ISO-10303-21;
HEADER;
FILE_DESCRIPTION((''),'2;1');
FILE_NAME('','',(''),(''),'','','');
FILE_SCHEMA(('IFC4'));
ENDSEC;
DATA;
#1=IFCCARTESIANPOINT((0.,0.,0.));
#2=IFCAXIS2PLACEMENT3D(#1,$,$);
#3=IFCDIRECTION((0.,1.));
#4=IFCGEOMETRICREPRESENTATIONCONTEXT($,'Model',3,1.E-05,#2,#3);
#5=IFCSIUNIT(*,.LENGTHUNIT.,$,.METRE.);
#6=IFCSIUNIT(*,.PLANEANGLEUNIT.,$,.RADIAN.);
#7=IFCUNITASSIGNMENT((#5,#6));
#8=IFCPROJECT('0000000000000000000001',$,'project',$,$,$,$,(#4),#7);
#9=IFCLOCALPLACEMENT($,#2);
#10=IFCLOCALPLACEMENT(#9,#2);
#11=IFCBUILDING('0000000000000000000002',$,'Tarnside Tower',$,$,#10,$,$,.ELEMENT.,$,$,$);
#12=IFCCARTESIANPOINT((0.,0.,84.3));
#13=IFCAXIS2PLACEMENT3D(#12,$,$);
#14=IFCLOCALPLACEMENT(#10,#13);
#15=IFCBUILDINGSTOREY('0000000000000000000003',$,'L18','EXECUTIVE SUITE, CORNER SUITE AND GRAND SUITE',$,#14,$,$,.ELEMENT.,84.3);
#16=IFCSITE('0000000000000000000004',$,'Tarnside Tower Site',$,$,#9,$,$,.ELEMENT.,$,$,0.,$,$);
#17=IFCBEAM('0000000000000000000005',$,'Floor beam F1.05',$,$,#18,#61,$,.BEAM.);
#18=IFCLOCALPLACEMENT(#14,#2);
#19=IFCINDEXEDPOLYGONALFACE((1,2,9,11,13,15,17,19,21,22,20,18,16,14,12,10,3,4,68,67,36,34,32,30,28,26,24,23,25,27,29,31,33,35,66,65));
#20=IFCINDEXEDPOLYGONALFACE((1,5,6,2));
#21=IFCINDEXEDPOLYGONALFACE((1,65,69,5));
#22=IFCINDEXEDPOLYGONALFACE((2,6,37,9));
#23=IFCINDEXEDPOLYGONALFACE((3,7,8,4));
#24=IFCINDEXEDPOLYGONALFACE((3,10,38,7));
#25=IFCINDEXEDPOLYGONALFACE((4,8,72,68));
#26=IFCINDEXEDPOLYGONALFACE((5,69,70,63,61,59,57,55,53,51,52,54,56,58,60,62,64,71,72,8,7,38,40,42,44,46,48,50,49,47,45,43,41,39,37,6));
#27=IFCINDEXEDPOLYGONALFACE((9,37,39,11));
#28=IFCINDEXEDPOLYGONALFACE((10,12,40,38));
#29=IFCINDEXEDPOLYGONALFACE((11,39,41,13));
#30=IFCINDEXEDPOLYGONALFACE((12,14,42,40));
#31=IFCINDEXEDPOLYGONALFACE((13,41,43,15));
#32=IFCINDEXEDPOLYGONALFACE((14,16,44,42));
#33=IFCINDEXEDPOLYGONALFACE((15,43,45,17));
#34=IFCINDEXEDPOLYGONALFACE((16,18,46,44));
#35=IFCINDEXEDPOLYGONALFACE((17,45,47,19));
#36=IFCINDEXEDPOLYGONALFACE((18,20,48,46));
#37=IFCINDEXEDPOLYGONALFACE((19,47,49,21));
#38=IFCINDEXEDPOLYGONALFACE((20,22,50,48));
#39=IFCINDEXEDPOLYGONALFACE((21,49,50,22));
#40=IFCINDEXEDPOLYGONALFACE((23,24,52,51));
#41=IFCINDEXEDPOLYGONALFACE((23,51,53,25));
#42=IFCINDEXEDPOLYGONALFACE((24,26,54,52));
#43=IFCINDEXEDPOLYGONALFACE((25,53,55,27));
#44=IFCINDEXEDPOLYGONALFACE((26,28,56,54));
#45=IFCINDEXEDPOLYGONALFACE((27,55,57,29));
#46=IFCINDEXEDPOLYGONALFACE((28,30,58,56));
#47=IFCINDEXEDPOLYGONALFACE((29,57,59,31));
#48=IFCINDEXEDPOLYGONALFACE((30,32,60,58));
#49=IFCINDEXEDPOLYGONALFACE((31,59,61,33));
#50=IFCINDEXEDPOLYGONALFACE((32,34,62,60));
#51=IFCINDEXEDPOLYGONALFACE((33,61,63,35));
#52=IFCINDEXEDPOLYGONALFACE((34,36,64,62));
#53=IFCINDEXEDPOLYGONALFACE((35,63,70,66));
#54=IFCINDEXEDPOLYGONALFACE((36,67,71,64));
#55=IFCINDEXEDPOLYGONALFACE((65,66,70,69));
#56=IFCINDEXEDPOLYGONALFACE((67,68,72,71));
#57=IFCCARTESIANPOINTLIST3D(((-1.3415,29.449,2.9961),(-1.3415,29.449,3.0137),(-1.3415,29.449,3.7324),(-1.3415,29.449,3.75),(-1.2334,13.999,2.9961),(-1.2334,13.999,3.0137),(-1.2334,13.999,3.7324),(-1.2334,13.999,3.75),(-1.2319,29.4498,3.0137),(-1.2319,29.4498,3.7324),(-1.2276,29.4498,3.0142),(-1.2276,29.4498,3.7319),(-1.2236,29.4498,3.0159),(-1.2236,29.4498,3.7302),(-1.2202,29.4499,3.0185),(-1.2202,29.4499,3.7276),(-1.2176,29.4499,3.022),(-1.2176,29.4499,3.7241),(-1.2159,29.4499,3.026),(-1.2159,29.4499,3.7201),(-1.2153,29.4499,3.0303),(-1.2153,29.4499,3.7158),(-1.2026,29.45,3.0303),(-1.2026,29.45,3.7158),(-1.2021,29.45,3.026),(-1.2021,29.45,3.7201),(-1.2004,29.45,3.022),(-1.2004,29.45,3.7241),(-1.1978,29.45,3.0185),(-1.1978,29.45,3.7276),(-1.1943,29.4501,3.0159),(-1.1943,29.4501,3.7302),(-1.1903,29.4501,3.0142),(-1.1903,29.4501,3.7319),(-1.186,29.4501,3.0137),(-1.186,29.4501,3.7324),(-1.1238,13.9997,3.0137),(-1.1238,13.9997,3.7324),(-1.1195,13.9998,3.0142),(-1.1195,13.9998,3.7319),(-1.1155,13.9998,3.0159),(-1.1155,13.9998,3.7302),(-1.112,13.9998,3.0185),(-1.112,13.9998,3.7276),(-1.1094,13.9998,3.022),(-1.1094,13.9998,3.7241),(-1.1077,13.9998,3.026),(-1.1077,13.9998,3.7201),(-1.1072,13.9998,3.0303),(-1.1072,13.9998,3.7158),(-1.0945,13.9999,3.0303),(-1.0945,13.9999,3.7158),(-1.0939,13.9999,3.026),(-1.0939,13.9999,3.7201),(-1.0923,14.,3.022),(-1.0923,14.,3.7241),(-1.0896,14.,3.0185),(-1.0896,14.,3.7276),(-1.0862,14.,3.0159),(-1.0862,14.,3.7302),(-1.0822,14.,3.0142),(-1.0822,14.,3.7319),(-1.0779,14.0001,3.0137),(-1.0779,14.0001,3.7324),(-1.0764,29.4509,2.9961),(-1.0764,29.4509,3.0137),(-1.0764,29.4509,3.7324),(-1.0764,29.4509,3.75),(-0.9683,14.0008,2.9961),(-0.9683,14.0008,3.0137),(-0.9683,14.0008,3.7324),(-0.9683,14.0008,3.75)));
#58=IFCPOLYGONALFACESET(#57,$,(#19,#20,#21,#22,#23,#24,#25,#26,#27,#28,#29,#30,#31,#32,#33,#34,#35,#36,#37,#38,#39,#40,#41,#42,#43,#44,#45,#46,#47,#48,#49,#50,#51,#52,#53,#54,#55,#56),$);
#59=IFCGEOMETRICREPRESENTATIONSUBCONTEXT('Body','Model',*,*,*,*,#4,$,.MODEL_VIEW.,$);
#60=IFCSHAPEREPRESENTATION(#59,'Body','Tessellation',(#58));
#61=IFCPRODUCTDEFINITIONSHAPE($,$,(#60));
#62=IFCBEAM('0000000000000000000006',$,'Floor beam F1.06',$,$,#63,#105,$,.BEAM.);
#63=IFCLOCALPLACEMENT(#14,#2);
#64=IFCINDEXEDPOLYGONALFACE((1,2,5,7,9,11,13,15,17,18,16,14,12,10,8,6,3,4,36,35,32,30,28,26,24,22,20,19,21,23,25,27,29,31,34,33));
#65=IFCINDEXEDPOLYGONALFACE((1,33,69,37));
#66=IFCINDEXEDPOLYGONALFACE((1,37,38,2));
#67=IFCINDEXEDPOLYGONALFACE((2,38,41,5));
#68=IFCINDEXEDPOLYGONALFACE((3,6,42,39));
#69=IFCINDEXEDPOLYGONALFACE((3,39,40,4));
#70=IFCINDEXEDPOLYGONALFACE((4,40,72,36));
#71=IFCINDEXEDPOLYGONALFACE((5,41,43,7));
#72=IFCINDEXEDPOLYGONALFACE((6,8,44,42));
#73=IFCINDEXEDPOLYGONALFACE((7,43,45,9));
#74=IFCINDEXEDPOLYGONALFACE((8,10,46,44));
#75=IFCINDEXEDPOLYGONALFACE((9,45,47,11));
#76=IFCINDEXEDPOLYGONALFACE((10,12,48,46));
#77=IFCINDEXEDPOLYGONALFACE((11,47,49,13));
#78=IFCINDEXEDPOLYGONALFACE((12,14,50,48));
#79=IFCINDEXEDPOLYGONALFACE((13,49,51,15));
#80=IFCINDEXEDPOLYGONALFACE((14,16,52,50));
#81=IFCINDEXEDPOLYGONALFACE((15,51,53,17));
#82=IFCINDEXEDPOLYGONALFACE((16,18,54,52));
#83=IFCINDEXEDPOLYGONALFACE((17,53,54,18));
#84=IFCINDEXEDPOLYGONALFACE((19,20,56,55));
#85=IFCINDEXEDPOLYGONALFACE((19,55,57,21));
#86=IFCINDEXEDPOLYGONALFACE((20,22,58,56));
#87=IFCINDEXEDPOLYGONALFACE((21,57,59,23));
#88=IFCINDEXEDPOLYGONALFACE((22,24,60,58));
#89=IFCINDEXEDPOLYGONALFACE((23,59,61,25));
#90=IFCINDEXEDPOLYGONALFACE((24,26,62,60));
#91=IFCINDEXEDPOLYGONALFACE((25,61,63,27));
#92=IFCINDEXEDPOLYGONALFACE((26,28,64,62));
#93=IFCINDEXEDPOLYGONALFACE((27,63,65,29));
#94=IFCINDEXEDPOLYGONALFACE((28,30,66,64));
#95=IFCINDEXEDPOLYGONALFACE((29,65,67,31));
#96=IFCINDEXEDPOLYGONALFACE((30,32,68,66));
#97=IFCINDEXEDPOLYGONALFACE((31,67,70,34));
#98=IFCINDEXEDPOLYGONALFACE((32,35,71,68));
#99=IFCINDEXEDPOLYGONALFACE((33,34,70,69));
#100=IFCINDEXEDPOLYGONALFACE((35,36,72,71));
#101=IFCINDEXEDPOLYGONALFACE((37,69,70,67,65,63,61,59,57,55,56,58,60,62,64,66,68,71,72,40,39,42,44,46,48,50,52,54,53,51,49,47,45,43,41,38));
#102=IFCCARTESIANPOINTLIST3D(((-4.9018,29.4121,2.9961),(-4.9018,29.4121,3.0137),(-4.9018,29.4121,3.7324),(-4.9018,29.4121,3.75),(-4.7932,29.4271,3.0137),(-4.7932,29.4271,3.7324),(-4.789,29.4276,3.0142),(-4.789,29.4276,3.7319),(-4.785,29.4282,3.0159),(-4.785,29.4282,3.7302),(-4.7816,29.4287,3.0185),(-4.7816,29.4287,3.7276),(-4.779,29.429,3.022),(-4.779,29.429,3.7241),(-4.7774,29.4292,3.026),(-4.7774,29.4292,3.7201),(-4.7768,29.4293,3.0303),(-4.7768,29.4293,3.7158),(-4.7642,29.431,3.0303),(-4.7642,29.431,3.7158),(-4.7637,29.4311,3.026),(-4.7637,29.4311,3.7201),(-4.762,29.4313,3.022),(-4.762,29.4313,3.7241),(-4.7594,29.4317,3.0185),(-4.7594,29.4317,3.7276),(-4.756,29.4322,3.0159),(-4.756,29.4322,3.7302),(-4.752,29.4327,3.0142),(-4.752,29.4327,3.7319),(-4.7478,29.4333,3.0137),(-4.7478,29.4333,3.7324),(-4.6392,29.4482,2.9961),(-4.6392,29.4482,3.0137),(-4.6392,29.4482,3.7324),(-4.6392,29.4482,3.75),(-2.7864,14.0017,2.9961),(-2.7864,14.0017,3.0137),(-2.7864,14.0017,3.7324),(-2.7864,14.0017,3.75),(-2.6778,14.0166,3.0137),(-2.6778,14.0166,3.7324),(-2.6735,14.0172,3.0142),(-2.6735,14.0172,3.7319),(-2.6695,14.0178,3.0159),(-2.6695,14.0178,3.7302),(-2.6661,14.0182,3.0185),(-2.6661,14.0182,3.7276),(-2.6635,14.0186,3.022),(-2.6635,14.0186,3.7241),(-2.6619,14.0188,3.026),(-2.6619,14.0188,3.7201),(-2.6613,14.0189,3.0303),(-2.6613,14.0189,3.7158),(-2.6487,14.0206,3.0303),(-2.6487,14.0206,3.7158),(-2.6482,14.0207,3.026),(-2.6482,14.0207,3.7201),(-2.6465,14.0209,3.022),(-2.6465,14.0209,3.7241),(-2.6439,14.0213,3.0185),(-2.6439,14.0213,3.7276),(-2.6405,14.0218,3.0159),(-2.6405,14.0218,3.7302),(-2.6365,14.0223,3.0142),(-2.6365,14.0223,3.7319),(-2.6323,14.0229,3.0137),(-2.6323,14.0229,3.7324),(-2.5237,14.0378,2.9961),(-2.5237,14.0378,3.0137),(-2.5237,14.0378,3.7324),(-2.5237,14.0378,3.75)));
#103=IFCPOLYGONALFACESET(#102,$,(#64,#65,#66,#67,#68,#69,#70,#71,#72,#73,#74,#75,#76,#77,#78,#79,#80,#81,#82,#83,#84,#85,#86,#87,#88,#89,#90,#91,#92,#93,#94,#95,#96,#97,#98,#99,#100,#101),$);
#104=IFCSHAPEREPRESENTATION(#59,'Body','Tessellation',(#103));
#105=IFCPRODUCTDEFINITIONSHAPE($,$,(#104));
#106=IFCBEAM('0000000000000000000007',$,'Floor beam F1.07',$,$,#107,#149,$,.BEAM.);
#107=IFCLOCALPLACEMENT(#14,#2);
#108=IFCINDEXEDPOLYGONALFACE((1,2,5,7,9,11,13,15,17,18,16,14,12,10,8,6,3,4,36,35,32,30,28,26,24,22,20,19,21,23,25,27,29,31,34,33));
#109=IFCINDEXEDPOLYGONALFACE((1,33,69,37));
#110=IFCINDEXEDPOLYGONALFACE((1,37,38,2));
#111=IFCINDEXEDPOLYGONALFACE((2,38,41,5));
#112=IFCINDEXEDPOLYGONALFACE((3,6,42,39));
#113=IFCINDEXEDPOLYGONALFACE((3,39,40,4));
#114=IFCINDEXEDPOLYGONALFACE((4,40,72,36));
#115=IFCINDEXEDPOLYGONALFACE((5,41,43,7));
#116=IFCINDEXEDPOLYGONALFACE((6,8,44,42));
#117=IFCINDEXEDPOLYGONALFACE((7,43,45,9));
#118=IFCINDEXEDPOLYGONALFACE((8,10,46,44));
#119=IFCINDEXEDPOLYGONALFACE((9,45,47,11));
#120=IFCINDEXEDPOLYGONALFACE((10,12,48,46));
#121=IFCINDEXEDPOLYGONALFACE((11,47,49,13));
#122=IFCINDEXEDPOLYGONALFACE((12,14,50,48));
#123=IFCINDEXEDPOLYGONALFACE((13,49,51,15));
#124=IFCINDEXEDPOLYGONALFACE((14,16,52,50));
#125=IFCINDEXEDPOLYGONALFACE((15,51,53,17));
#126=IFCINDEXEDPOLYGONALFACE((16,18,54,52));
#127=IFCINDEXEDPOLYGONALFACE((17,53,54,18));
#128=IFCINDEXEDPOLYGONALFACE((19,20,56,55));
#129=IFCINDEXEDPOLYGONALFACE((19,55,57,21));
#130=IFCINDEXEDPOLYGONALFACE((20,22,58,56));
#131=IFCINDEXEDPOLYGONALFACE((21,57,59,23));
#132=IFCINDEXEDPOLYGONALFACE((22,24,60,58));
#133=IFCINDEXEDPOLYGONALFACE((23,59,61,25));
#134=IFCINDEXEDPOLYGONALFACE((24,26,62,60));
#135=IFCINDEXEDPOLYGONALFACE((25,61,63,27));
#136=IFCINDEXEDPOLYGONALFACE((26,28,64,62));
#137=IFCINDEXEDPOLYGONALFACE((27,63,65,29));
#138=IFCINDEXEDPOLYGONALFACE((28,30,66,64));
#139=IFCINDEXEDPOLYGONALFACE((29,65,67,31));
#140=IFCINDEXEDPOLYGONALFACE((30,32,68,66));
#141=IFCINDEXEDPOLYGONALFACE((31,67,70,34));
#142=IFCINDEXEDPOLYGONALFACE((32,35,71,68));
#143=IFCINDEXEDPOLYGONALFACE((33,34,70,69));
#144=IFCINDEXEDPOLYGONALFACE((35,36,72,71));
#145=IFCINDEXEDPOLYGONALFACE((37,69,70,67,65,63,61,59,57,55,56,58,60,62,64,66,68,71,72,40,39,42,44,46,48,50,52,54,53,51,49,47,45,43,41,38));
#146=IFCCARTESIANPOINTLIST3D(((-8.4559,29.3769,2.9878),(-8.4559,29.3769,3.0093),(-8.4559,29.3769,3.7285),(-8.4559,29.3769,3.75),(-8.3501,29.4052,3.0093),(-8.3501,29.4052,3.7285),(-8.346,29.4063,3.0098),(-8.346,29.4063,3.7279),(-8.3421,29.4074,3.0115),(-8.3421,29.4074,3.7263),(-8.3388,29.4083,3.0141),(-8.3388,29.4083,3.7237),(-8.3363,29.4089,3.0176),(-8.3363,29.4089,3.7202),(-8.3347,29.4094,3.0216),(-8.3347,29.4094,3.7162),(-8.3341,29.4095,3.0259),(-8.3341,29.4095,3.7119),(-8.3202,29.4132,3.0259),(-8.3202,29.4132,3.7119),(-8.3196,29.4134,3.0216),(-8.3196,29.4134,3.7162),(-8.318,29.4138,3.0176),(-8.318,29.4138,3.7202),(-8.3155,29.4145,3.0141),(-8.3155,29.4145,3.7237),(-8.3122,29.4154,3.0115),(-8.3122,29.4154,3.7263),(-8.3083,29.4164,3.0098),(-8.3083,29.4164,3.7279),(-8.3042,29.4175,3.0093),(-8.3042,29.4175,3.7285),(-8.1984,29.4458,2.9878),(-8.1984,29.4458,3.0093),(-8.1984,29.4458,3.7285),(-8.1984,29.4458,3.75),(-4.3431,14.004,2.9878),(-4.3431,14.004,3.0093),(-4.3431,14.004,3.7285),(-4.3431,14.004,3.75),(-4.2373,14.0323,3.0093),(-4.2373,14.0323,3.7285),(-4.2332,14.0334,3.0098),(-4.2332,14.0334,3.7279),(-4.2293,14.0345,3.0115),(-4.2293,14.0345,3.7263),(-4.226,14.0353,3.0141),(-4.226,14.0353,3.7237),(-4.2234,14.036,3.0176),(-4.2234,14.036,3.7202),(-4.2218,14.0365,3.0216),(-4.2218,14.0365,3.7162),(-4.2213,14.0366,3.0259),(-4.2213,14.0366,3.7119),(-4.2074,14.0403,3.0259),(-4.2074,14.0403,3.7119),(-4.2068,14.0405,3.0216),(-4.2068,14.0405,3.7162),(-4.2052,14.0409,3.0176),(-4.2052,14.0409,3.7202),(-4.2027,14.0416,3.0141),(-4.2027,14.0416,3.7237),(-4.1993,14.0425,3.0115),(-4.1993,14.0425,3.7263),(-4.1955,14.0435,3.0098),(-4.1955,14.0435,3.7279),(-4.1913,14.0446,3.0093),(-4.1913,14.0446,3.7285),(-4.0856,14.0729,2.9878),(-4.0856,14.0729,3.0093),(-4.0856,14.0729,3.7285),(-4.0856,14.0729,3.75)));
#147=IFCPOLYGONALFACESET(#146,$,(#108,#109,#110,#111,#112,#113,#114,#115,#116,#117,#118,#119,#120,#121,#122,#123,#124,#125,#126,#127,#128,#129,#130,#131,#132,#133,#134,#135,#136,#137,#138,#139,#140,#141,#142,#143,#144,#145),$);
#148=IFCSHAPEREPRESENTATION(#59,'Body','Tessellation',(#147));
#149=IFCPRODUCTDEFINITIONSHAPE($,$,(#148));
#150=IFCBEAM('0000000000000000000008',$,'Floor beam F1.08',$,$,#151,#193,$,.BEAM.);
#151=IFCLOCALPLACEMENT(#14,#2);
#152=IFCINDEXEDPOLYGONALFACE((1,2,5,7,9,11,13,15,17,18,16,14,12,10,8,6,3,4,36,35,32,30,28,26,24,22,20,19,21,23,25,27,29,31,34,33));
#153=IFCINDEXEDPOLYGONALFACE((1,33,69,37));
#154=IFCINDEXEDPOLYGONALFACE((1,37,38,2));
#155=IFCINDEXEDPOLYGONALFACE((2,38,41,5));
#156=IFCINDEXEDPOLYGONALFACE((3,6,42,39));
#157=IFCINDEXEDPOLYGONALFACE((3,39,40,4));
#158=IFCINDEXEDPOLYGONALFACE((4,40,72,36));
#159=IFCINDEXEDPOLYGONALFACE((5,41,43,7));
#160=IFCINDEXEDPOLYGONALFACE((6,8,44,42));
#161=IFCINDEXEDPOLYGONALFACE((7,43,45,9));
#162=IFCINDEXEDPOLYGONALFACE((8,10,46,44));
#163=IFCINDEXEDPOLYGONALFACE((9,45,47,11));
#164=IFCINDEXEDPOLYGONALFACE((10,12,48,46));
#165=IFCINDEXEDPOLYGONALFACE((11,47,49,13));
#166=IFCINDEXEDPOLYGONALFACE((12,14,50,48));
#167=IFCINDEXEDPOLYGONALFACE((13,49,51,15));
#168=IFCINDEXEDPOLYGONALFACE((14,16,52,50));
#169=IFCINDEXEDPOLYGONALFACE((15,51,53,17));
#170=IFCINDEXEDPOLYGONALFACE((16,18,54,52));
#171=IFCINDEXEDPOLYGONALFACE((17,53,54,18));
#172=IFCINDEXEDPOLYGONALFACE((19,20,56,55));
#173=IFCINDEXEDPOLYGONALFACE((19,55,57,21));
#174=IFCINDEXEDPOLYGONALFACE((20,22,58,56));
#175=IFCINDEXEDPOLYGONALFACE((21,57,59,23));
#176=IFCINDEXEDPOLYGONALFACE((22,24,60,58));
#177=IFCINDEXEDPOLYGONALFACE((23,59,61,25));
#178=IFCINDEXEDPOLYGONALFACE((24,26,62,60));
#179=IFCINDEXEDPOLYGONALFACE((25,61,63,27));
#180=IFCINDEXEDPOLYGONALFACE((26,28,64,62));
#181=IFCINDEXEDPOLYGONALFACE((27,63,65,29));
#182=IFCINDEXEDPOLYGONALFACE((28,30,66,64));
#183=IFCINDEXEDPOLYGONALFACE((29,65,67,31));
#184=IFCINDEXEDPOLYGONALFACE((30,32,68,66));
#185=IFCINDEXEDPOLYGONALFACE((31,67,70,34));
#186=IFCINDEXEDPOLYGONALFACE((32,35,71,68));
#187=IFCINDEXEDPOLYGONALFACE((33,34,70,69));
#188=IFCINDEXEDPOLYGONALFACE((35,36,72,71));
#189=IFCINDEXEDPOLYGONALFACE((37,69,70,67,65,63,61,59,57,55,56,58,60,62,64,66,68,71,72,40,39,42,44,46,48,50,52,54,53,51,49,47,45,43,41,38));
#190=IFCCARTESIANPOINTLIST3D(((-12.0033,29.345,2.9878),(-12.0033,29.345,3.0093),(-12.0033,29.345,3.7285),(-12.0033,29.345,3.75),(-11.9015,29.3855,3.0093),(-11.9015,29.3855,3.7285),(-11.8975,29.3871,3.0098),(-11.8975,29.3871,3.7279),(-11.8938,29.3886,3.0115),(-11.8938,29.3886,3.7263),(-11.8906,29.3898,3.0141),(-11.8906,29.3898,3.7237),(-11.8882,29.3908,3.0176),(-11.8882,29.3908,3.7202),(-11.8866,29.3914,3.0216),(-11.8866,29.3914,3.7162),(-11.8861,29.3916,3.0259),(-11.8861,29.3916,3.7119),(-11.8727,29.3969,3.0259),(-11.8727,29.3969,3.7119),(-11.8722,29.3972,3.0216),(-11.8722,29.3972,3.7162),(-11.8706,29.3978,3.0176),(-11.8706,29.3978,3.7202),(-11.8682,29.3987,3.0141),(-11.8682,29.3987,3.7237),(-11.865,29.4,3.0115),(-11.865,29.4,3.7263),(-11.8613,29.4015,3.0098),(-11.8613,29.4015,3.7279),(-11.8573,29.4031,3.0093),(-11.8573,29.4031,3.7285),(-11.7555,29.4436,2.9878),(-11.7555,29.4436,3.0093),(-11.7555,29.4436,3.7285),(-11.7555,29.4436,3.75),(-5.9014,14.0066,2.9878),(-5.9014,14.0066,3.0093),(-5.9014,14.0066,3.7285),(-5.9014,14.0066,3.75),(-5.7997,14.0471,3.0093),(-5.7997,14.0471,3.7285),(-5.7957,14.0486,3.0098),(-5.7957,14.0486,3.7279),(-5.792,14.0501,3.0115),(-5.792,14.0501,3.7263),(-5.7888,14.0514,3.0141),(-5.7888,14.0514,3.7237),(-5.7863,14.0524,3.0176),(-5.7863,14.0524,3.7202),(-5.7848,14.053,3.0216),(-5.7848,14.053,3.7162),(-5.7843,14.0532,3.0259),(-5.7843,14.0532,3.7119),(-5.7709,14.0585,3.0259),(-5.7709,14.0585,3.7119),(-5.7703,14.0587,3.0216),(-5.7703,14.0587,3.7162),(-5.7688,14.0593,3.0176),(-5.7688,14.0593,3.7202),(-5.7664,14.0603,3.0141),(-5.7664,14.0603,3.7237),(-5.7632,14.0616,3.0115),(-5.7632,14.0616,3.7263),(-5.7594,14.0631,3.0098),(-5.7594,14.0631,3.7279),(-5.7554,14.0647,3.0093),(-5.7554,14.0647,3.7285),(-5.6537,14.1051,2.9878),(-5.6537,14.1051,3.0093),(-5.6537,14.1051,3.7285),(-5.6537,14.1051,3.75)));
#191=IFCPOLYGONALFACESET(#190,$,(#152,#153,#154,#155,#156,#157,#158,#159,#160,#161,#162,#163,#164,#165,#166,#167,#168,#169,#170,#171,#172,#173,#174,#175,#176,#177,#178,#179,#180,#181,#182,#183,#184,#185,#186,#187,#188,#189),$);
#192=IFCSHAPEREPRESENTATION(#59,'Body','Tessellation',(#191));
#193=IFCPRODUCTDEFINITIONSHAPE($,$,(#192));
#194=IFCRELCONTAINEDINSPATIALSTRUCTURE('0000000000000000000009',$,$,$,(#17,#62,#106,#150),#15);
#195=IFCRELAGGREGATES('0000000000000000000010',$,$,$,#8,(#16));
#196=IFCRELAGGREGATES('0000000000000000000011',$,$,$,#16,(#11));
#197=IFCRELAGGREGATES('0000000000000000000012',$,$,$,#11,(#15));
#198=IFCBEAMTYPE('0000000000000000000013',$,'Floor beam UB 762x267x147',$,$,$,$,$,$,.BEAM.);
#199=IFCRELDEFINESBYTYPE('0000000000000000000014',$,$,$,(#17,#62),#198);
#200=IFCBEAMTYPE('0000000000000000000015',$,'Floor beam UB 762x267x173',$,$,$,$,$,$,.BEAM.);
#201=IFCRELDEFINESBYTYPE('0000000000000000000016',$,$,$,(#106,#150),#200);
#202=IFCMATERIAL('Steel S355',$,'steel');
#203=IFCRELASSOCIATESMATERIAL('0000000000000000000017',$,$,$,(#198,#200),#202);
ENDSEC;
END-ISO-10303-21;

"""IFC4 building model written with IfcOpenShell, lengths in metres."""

from ifc_helpers import new_model, si_unit, direction, frame, origin, origin_2d, place, context, subcontext, project, spatial, i_section, extrude, material, material_profile, profile_set, type_object, element, save


model = new_model("IFC4")

# Units and contexts
model_context = context("Model", 3, precision=1e-05, world=origin(), true_north=direction((0.0, 1.0)))
body_context = subcontext(model_context, "Body", "Model", "MODEL_VIEW")
ifc_project = project(units=[si_unit("LENGTHUNIT", "METRE"), si_unit("PLANEANGLEUNIT", "RADIAN")], contexts=[model_context])

# Site, building, storey
site_placement = place(None, origin())
site = spatial("IfcSite", under=ifc_project, at=site_placement, Name="Tarnside Tower Site", CompositionType="ELEMENT", RefElevation=0.0)
building_placement = place(site_placement, origin())
building = spatial("IfcBuilding", under=site, at=building_placement, Name="Tarnside Tower", CompositionType="ELEMENT")
storey_placement = place(building_placement, frame((0.0, 0.0, 84.3)))
storey = spatial("IfcBuildingStorey", under=building, at=storey_placement, Name="L18", Description="EXECUTIVE SUITE, CORNER SUITE AND GRAND SUITE", CompositionType="ELEMENT", Elevation=84.3)

# Beams
ifc_material_1 = material(Name="Steel S355", Category="steel")
ifc_material_profile_1 = material_profile(ifc_material_1, i_section(OverallWidth=0.2651, OverallDepth=0.7539, WebThickness=0.0127, FlangeThickness=0.0176, FilletRadius=0.0166, at=origin_2d()), Name="UB 762x267x147")
ifc_profile_set_1 = profile_set([ifc_material_profile_1], Name="Steel S355")
beam_type_1 = type_object("IfcBeamType", Name="Floor beam UB 762x267x147", PredefinedType="BEAM", material=ifc_profile_set_1)
beam_1_placement = place(storey_placement, frame((-1.209, 29.45, 3.373), z_axis=(0.007, -0.999975, 0.0), x_axis=(0.999975, 0.007, 0.0)))
element("IfcBeam", 1, at=beam_1_placement, inside=storey, type_object=beam_type_1, Name="Floor beam F1.05", PredefinedType="BEAM", context=body_context, shape_type="SweptSolid", body=[
    extrude(i_section(OverallWidth=0.2651, OverallDepth=0.7539, WebThickness=0.0127, FlangeThickness=0.0176, FilletRadius=0.0166, at=origin_2d()), origin(), (0.0, 0.0, 1.0), 15.4504),
])
beam_2_placement = place(storey_placement, frame((-4.7705, 29.4302, 3.373), z_axis=(0.136001, -0.990709, 0.0), x_axis=(0.990709, 0.136001, 0.0)))
element("IfcBeam", 2, at=beam_2_placement, inside=storey, type_object=beam_type_1, Name="Floor beam F1.06", PredefinedType="BEAM", context=body_context, shape_type="SweptSolid", body=[
    extrude(i_section(OverallWidth=0.2651, OverallDepth=0.7539, WebThickness=0.0127, FlangeThickness=0.0176, FilletRadius=0.0166, at=origin_2d()), origin(), (0.0, 0.0, 1.0), 15.5549),
])
ifc_material_profile_2 = material_profile(ifc_material_1, i_section(OverallWidth=0.2666, OverallDepth=0.7622, WebThickness=0.0144, FlangeThickness=0.0215, FilletRadius=0.0166, at=origin_2d()), Name="UB 762x267x173")
ifc_profile_set_2 = profile_set([ifc_material_profile_2], Name="Steel S355")
beam_type_2 = type_object("IfcBeamType", Name="Floor beam UB 762x267x173", PredefinedType="BEAM", material=ifc_profile_set_2)
beam_3_placement = place(storey_placement, frame((-8.3271, 29.4114, 3.3689), z_axis=(0.258447, -0.966025, 0.0), x_axis=(0.966025, 0.258447, 0.0)))
element("IfcBeam", 3, at=beam_3_placement, inside=storey, type_object=beam_type_2, Name="Floor beam F1.07", PredefinedType="BEAM", context=body_context, shape_type="SweptSolid", body=[
    extrude(i_section(OverallWidth=0.2666, OverallDepth=0.7622, WebThickness=0.0144, FlangeThickness=0.0215, FilletRadius=0.0166, at=origin_2d()), origin(), (0.0, 0.0, 1.0), 15.9136),
])
beam_4_placement = place(storey_placement, frame((-11.8794, 29.3943, 3.3689), z_axis=(0.369638, -0.929176, 0.0), x_axis=(0.929176, 0.369638, 0.0)))
element("IfcBeam", 4, at=beam_4_placement, inside=storey, type_object=beam_type_2, Name="Floor beam F1.08", PredefinedType="BEAM", context=body_context, shape_type="SweptSolid", body=[
    extrude(i_section(OverallWidth=0.2666, OverallDepth=0.7622, WebThickness=0.0144, FlangeThickness=0.0215, FilletRadius=0.0166, at=origin_2d()), origin(), (0.0, 0.0, 1.0), 16.5076),
])

save(model, "model.ifc")
